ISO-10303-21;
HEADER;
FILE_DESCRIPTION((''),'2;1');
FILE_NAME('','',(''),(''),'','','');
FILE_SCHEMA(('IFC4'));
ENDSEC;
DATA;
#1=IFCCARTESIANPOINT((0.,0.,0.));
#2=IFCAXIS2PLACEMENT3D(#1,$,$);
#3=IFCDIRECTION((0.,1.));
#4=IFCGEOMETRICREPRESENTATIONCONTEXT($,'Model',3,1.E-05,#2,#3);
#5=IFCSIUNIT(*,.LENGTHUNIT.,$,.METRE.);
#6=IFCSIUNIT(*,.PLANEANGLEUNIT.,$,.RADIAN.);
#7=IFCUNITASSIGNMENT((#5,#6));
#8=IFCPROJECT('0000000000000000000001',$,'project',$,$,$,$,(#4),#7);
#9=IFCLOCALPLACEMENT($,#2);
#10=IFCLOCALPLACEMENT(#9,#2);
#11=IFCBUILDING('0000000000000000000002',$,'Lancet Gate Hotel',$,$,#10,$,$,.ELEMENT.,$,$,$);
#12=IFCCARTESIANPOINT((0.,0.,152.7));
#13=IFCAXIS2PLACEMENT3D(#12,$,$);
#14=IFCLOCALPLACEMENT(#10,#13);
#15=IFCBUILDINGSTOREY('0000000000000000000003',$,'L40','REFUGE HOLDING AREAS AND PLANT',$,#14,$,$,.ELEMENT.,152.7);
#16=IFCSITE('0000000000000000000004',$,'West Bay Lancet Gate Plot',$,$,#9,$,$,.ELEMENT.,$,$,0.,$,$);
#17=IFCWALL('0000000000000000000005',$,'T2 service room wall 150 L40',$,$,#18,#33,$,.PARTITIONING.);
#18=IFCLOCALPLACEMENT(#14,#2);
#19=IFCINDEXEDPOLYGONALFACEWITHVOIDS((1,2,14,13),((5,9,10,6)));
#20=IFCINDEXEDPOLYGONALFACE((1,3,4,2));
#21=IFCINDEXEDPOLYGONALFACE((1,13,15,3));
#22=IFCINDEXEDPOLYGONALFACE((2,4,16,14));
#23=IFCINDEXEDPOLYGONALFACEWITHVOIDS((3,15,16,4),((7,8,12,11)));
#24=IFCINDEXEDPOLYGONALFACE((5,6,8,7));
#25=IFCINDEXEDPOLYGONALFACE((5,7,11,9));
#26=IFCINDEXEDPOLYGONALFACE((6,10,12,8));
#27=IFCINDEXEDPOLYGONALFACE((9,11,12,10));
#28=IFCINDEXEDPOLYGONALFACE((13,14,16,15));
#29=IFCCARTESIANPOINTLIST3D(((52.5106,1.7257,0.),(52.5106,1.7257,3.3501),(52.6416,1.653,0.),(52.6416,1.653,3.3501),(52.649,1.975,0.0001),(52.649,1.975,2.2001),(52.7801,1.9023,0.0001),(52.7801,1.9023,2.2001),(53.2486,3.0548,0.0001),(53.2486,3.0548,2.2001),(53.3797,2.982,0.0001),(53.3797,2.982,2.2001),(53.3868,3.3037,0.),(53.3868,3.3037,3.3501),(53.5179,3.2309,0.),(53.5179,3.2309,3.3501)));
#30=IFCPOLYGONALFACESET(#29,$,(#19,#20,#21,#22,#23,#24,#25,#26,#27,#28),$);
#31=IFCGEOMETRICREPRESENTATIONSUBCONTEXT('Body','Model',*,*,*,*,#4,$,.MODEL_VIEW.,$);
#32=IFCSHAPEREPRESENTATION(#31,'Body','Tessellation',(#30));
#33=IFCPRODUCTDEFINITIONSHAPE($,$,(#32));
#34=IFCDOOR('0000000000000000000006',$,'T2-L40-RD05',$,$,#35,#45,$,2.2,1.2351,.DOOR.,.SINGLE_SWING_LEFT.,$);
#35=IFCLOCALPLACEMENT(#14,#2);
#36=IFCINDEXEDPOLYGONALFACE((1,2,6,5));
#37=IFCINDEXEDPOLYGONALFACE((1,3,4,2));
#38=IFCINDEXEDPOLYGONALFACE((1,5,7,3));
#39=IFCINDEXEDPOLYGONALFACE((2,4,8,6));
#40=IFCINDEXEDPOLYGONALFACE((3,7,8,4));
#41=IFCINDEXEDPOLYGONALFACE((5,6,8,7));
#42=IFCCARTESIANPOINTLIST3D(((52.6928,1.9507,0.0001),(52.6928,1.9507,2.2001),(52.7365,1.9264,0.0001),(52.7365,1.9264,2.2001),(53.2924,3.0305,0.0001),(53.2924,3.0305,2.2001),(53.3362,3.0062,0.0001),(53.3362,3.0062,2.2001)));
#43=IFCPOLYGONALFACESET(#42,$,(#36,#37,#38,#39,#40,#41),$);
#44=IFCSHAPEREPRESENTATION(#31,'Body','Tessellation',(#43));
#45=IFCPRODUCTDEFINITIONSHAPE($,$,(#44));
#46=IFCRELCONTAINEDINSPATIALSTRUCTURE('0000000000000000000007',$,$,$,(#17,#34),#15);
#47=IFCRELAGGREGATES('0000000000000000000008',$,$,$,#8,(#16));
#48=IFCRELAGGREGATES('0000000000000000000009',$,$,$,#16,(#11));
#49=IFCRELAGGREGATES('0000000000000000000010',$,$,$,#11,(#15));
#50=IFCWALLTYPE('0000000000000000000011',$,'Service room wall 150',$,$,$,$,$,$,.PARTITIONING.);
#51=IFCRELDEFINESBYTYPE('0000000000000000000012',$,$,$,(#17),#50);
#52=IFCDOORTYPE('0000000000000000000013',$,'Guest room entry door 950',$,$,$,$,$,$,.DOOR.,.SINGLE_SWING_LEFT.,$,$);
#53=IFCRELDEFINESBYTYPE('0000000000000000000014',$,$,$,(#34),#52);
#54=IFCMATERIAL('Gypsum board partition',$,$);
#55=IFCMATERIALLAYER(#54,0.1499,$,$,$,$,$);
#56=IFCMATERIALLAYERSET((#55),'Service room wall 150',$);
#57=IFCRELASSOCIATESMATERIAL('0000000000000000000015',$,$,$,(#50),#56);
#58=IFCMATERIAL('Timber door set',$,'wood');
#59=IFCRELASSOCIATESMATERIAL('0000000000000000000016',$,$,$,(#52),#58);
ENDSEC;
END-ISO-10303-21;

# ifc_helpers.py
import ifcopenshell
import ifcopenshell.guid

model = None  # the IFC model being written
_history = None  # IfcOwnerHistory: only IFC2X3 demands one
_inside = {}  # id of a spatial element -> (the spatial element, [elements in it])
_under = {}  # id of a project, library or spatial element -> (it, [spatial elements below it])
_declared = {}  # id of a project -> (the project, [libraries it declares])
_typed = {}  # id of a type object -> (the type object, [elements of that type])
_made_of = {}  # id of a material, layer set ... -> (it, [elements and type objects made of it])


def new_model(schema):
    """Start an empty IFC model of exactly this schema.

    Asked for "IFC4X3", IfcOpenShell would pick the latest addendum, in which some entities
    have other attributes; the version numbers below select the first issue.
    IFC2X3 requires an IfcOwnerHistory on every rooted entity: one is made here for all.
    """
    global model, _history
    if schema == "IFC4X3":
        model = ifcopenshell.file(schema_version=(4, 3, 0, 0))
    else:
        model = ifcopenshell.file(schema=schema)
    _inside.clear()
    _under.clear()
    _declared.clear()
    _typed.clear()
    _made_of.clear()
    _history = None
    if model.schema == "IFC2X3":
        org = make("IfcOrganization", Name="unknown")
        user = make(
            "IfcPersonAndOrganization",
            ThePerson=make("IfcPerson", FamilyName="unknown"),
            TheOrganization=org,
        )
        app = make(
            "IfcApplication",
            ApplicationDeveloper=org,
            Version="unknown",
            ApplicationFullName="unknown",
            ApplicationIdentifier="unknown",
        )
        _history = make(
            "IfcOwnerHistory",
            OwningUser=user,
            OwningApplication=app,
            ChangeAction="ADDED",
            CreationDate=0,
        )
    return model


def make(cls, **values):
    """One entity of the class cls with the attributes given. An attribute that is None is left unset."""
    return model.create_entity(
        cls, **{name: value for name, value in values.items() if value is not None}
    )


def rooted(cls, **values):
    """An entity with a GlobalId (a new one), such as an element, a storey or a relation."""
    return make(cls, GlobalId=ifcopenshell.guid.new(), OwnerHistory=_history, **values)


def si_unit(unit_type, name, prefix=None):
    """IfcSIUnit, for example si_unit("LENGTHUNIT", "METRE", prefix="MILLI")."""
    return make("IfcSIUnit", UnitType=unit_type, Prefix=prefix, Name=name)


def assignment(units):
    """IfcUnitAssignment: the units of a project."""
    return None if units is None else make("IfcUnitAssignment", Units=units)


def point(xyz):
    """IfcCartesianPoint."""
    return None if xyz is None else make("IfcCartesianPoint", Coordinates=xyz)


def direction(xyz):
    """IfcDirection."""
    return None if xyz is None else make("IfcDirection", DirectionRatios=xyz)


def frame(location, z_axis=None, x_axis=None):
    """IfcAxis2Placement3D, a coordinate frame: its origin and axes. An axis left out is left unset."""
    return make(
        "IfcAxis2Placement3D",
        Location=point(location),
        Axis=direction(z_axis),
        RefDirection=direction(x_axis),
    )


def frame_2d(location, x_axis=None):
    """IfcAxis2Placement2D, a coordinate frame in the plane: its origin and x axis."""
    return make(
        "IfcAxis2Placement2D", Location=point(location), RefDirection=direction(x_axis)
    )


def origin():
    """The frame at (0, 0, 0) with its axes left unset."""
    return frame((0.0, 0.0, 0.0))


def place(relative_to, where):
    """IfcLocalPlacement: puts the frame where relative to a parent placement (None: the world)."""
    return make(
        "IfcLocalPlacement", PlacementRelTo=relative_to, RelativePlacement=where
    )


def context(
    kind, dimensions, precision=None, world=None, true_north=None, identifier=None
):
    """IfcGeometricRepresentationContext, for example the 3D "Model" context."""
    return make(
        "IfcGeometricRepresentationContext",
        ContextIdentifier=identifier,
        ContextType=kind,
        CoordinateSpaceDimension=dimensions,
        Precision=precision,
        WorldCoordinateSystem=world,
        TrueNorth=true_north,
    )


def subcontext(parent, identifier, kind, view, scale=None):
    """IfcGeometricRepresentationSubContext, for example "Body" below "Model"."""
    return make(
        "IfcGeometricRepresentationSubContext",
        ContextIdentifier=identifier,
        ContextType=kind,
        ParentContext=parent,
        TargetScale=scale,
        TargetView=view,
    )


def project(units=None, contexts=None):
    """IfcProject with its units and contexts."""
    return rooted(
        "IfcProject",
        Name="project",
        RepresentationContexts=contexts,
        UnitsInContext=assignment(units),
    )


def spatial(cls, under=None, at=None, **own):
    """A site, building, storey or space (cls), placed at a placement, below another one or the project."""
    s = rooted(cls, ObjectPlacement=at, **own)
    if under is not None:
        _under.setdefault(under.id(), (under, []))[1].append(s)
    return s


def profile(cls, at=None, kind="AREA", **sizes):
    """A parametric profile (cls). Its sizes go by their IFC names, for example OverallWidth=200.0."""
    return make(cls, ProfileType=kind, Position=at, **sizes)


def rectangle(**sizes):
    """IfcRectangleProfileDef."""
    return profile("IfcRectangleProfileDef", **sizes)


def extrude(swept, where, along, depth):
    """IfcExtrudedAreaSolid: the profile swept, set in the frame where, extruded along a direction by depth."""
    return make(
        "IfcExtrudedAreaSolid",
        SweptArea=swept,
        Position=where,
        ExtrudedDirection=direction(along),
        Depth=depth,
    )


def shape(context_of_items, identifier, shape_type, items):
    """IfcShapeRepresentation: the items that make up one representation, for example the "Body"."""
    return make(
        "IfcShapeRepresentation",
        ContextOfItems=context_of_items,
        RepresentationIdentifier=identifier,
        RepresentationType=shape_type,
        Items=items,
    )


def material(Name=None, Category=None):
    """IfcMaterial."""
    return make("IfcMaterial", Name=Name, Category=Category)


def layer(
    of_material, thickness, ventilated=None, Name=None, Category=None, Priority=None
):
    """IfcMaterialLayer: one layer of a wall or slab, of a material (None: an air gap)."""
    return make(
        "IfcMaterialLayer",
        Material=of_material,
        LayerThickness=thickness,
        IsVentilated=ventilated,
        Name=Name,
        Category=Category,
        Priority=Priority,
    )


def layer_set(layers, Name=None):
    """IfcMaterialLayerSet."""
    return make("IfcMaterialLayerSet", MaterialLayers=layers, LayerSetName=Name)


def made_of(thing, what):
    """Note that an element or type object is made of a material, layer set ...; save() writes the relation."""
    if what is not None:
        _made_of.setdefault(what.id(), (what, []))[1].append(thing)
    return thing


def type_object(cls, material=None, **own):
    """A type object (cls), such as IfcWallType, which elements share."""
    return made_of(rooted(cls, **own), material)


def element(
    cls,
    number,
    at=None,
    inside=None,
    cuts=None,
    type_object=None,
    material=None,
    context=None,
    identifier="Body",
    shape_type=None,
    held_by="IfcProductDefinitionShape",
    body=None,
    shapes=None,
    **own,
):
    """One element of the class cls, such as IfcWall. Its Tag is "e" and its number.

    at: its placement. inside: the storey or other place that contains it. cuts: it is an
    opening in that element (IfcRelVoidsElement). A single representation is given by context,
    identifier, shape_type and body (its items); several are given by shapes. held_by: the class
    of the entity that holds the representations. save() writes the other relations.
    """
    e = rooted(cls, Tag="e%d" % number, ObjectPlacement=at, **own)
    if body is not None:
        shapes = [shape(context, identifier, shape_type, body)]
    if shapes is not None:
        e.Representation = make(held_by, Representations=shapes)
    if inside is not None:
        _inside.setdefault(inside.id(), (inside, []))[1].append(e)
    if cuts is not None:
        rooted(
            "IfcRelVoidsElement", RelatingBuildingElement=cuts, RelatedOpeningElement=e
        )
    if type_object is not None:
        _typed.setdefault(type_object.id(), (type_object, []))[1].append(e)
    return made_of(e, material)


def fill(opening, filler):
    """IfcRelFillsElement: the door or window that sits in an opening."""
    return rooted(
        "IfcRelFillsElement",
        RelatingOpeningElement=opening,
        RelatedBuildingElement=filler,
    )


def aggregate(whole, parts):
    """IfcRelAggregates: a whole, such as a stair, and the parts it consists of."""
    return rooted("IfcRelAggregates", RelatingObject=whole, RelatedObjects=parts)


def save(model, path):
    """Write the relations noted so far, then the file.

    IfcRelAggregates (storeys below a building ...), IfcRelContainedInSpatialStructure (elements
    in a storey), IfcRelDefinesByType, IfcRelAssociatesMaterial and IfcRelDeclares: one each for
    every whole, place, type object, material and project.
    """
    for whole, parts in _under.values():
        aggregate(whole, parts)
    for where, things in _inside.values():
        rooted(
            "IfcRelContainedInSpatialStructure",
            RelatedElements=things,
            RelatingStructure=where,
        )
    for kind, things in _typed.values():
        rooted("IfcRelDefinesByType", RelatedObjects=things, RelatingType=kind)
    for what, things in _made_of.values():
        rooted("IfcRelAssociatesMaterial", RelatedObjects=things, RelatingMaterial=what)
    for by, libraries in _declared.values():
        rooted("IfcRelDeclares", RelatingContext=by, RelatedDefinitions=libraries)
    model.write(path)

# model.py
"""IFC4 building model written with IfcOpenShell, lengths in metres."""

from ifc_helpers import new_model, si_unit, direction, frame, frame_2d, origin, place, context, subcontext, project, spatial, rectangle, extrude, material, layer, layer_set, type_object, element, fill, save


model = new_model("IFC4")

# Units and contexts
model_context = context("Model", 3, precision=1e-05, world=origin(), true_north=direction((0.0, 1.0)))
body_context = subcontext(model_context, "Body", "Model", "MODEL_VIEW")
ifc_project = project(units=[si_unit("LENGTHUNIT", "METRE"), si_unit("PLANEANGLEUNIT", "RADIAN")], contexts=[model_context])

# Site, building, storey
site_placement = place(None, origin())
site = spatial("IfcSite", under=ifc_project, at=site_placement, Name="West Bay Lancet Gate Plot", CompositionType="ELEMENT", RefElevation=0.0)
building_placement = place(site_placement, origin())
building = spatial("IfcBuilding", under=site, at=building_placement, Name="Lancet Gate Hotel", CompositionType="ELEMENT")
storey_placement = place(building_placement, frame((0.0, 0.0, 152.7)))
storey = spatial("IfcBuildingStorey", under=building, at=storey_placement, Name="L40", Description="REFUGE HOLDING AREAS AND PLANT", CompositionType="ELEMENT", Elevation=152.7)

# Wall, opening, door
ifc_material_1 = material(Name="Gypsum board partition")
ifc_layer_1 = layer(ifc_material_1, 0.1499)
ifc_layer_set_1 = layer_set([ifc_layer_1], Name="Service room wall 150")
wall_type_1 = type_object("IfcWallType", Name="Service room wall 150", PredefinedType="PARTITIONING", material=ifc_layer_set_1)
wall_1_placement = place(storey_placement, frame((52.5762, 1.6895, 0.0), z_axis=(0.0, 0.0, 1.0), x_axis=(0.485482, 0.874247, 0.0)))
wall_1 = element("IfcWall", 1, at=wall_1_placement, inside=storey, type_object=wall_type_1, Name="T2 service room wall 150 L40", PredefinedType="PARTITIONING", context=body_context, shape_type="SweptSolid", body=[
    extrude(rectangle(XDim=1.8049, YDim=0.1499, at=frame_2d((0.9023, 0.0))), origin(), (0.0, 0.0, 1.0), 3.3501),
])
opening_1_placement = place(wall_1_placement, frame((0.2849, 0.0, 0.0)))
opening_1 = element("IfcOpeningElement", 2, at=opening_1_placement, cuts=wall_1, PredefinedType="OPENING", context=body_context, shape_type="SweptSolid", body=[
    extrude(rectangle(XDim=1.2351, YDim=2.2, at=frame_2d((0.6177, 1.1001))), frame((0.0, 0.085, 0.0), z_axis=(0.0, -1.0, 0.0), x_axis=(1.0, 0.0, 0.0)), (0.0, 0.0, 1.0), 0.1699),
])
ifc_material_2 = material(Name="Timber door set", Category="wood")
door_type = type_object("IfcDoorType", Name="Guest room entry door 950", OperationType="SINGLE_SWING_LEFT", PredefinedType="DOOR", material=ifc_material_2)
door_placement = place(opening_1_placement, origin())
door = element("IfcDoor", 3, at=door_placement, inside=storey, type_object=door_type, Name="T2-L40-RD05", OperationType="SINGLE_SWING_LEFT", OverallHeight=2.2, OverallWidth=1.2351, PredefinedType="DOOR", context=body_context, shape_type="SweptSolid", body=[
    extrude(rectangle(XDim=1.2351, YDim=2.2, at=frame_2d((0.6177, 1.1001))), frame((0.0, 0.0249, 0.0), z_axis=(0.0, -1.0, 0.0), x_axis=(1.0, 0.0, 0.0)), (0.0, 0.0, 1.0), 0.05),
])
fill(opening_1, door)

save(model, "model.ifc")
